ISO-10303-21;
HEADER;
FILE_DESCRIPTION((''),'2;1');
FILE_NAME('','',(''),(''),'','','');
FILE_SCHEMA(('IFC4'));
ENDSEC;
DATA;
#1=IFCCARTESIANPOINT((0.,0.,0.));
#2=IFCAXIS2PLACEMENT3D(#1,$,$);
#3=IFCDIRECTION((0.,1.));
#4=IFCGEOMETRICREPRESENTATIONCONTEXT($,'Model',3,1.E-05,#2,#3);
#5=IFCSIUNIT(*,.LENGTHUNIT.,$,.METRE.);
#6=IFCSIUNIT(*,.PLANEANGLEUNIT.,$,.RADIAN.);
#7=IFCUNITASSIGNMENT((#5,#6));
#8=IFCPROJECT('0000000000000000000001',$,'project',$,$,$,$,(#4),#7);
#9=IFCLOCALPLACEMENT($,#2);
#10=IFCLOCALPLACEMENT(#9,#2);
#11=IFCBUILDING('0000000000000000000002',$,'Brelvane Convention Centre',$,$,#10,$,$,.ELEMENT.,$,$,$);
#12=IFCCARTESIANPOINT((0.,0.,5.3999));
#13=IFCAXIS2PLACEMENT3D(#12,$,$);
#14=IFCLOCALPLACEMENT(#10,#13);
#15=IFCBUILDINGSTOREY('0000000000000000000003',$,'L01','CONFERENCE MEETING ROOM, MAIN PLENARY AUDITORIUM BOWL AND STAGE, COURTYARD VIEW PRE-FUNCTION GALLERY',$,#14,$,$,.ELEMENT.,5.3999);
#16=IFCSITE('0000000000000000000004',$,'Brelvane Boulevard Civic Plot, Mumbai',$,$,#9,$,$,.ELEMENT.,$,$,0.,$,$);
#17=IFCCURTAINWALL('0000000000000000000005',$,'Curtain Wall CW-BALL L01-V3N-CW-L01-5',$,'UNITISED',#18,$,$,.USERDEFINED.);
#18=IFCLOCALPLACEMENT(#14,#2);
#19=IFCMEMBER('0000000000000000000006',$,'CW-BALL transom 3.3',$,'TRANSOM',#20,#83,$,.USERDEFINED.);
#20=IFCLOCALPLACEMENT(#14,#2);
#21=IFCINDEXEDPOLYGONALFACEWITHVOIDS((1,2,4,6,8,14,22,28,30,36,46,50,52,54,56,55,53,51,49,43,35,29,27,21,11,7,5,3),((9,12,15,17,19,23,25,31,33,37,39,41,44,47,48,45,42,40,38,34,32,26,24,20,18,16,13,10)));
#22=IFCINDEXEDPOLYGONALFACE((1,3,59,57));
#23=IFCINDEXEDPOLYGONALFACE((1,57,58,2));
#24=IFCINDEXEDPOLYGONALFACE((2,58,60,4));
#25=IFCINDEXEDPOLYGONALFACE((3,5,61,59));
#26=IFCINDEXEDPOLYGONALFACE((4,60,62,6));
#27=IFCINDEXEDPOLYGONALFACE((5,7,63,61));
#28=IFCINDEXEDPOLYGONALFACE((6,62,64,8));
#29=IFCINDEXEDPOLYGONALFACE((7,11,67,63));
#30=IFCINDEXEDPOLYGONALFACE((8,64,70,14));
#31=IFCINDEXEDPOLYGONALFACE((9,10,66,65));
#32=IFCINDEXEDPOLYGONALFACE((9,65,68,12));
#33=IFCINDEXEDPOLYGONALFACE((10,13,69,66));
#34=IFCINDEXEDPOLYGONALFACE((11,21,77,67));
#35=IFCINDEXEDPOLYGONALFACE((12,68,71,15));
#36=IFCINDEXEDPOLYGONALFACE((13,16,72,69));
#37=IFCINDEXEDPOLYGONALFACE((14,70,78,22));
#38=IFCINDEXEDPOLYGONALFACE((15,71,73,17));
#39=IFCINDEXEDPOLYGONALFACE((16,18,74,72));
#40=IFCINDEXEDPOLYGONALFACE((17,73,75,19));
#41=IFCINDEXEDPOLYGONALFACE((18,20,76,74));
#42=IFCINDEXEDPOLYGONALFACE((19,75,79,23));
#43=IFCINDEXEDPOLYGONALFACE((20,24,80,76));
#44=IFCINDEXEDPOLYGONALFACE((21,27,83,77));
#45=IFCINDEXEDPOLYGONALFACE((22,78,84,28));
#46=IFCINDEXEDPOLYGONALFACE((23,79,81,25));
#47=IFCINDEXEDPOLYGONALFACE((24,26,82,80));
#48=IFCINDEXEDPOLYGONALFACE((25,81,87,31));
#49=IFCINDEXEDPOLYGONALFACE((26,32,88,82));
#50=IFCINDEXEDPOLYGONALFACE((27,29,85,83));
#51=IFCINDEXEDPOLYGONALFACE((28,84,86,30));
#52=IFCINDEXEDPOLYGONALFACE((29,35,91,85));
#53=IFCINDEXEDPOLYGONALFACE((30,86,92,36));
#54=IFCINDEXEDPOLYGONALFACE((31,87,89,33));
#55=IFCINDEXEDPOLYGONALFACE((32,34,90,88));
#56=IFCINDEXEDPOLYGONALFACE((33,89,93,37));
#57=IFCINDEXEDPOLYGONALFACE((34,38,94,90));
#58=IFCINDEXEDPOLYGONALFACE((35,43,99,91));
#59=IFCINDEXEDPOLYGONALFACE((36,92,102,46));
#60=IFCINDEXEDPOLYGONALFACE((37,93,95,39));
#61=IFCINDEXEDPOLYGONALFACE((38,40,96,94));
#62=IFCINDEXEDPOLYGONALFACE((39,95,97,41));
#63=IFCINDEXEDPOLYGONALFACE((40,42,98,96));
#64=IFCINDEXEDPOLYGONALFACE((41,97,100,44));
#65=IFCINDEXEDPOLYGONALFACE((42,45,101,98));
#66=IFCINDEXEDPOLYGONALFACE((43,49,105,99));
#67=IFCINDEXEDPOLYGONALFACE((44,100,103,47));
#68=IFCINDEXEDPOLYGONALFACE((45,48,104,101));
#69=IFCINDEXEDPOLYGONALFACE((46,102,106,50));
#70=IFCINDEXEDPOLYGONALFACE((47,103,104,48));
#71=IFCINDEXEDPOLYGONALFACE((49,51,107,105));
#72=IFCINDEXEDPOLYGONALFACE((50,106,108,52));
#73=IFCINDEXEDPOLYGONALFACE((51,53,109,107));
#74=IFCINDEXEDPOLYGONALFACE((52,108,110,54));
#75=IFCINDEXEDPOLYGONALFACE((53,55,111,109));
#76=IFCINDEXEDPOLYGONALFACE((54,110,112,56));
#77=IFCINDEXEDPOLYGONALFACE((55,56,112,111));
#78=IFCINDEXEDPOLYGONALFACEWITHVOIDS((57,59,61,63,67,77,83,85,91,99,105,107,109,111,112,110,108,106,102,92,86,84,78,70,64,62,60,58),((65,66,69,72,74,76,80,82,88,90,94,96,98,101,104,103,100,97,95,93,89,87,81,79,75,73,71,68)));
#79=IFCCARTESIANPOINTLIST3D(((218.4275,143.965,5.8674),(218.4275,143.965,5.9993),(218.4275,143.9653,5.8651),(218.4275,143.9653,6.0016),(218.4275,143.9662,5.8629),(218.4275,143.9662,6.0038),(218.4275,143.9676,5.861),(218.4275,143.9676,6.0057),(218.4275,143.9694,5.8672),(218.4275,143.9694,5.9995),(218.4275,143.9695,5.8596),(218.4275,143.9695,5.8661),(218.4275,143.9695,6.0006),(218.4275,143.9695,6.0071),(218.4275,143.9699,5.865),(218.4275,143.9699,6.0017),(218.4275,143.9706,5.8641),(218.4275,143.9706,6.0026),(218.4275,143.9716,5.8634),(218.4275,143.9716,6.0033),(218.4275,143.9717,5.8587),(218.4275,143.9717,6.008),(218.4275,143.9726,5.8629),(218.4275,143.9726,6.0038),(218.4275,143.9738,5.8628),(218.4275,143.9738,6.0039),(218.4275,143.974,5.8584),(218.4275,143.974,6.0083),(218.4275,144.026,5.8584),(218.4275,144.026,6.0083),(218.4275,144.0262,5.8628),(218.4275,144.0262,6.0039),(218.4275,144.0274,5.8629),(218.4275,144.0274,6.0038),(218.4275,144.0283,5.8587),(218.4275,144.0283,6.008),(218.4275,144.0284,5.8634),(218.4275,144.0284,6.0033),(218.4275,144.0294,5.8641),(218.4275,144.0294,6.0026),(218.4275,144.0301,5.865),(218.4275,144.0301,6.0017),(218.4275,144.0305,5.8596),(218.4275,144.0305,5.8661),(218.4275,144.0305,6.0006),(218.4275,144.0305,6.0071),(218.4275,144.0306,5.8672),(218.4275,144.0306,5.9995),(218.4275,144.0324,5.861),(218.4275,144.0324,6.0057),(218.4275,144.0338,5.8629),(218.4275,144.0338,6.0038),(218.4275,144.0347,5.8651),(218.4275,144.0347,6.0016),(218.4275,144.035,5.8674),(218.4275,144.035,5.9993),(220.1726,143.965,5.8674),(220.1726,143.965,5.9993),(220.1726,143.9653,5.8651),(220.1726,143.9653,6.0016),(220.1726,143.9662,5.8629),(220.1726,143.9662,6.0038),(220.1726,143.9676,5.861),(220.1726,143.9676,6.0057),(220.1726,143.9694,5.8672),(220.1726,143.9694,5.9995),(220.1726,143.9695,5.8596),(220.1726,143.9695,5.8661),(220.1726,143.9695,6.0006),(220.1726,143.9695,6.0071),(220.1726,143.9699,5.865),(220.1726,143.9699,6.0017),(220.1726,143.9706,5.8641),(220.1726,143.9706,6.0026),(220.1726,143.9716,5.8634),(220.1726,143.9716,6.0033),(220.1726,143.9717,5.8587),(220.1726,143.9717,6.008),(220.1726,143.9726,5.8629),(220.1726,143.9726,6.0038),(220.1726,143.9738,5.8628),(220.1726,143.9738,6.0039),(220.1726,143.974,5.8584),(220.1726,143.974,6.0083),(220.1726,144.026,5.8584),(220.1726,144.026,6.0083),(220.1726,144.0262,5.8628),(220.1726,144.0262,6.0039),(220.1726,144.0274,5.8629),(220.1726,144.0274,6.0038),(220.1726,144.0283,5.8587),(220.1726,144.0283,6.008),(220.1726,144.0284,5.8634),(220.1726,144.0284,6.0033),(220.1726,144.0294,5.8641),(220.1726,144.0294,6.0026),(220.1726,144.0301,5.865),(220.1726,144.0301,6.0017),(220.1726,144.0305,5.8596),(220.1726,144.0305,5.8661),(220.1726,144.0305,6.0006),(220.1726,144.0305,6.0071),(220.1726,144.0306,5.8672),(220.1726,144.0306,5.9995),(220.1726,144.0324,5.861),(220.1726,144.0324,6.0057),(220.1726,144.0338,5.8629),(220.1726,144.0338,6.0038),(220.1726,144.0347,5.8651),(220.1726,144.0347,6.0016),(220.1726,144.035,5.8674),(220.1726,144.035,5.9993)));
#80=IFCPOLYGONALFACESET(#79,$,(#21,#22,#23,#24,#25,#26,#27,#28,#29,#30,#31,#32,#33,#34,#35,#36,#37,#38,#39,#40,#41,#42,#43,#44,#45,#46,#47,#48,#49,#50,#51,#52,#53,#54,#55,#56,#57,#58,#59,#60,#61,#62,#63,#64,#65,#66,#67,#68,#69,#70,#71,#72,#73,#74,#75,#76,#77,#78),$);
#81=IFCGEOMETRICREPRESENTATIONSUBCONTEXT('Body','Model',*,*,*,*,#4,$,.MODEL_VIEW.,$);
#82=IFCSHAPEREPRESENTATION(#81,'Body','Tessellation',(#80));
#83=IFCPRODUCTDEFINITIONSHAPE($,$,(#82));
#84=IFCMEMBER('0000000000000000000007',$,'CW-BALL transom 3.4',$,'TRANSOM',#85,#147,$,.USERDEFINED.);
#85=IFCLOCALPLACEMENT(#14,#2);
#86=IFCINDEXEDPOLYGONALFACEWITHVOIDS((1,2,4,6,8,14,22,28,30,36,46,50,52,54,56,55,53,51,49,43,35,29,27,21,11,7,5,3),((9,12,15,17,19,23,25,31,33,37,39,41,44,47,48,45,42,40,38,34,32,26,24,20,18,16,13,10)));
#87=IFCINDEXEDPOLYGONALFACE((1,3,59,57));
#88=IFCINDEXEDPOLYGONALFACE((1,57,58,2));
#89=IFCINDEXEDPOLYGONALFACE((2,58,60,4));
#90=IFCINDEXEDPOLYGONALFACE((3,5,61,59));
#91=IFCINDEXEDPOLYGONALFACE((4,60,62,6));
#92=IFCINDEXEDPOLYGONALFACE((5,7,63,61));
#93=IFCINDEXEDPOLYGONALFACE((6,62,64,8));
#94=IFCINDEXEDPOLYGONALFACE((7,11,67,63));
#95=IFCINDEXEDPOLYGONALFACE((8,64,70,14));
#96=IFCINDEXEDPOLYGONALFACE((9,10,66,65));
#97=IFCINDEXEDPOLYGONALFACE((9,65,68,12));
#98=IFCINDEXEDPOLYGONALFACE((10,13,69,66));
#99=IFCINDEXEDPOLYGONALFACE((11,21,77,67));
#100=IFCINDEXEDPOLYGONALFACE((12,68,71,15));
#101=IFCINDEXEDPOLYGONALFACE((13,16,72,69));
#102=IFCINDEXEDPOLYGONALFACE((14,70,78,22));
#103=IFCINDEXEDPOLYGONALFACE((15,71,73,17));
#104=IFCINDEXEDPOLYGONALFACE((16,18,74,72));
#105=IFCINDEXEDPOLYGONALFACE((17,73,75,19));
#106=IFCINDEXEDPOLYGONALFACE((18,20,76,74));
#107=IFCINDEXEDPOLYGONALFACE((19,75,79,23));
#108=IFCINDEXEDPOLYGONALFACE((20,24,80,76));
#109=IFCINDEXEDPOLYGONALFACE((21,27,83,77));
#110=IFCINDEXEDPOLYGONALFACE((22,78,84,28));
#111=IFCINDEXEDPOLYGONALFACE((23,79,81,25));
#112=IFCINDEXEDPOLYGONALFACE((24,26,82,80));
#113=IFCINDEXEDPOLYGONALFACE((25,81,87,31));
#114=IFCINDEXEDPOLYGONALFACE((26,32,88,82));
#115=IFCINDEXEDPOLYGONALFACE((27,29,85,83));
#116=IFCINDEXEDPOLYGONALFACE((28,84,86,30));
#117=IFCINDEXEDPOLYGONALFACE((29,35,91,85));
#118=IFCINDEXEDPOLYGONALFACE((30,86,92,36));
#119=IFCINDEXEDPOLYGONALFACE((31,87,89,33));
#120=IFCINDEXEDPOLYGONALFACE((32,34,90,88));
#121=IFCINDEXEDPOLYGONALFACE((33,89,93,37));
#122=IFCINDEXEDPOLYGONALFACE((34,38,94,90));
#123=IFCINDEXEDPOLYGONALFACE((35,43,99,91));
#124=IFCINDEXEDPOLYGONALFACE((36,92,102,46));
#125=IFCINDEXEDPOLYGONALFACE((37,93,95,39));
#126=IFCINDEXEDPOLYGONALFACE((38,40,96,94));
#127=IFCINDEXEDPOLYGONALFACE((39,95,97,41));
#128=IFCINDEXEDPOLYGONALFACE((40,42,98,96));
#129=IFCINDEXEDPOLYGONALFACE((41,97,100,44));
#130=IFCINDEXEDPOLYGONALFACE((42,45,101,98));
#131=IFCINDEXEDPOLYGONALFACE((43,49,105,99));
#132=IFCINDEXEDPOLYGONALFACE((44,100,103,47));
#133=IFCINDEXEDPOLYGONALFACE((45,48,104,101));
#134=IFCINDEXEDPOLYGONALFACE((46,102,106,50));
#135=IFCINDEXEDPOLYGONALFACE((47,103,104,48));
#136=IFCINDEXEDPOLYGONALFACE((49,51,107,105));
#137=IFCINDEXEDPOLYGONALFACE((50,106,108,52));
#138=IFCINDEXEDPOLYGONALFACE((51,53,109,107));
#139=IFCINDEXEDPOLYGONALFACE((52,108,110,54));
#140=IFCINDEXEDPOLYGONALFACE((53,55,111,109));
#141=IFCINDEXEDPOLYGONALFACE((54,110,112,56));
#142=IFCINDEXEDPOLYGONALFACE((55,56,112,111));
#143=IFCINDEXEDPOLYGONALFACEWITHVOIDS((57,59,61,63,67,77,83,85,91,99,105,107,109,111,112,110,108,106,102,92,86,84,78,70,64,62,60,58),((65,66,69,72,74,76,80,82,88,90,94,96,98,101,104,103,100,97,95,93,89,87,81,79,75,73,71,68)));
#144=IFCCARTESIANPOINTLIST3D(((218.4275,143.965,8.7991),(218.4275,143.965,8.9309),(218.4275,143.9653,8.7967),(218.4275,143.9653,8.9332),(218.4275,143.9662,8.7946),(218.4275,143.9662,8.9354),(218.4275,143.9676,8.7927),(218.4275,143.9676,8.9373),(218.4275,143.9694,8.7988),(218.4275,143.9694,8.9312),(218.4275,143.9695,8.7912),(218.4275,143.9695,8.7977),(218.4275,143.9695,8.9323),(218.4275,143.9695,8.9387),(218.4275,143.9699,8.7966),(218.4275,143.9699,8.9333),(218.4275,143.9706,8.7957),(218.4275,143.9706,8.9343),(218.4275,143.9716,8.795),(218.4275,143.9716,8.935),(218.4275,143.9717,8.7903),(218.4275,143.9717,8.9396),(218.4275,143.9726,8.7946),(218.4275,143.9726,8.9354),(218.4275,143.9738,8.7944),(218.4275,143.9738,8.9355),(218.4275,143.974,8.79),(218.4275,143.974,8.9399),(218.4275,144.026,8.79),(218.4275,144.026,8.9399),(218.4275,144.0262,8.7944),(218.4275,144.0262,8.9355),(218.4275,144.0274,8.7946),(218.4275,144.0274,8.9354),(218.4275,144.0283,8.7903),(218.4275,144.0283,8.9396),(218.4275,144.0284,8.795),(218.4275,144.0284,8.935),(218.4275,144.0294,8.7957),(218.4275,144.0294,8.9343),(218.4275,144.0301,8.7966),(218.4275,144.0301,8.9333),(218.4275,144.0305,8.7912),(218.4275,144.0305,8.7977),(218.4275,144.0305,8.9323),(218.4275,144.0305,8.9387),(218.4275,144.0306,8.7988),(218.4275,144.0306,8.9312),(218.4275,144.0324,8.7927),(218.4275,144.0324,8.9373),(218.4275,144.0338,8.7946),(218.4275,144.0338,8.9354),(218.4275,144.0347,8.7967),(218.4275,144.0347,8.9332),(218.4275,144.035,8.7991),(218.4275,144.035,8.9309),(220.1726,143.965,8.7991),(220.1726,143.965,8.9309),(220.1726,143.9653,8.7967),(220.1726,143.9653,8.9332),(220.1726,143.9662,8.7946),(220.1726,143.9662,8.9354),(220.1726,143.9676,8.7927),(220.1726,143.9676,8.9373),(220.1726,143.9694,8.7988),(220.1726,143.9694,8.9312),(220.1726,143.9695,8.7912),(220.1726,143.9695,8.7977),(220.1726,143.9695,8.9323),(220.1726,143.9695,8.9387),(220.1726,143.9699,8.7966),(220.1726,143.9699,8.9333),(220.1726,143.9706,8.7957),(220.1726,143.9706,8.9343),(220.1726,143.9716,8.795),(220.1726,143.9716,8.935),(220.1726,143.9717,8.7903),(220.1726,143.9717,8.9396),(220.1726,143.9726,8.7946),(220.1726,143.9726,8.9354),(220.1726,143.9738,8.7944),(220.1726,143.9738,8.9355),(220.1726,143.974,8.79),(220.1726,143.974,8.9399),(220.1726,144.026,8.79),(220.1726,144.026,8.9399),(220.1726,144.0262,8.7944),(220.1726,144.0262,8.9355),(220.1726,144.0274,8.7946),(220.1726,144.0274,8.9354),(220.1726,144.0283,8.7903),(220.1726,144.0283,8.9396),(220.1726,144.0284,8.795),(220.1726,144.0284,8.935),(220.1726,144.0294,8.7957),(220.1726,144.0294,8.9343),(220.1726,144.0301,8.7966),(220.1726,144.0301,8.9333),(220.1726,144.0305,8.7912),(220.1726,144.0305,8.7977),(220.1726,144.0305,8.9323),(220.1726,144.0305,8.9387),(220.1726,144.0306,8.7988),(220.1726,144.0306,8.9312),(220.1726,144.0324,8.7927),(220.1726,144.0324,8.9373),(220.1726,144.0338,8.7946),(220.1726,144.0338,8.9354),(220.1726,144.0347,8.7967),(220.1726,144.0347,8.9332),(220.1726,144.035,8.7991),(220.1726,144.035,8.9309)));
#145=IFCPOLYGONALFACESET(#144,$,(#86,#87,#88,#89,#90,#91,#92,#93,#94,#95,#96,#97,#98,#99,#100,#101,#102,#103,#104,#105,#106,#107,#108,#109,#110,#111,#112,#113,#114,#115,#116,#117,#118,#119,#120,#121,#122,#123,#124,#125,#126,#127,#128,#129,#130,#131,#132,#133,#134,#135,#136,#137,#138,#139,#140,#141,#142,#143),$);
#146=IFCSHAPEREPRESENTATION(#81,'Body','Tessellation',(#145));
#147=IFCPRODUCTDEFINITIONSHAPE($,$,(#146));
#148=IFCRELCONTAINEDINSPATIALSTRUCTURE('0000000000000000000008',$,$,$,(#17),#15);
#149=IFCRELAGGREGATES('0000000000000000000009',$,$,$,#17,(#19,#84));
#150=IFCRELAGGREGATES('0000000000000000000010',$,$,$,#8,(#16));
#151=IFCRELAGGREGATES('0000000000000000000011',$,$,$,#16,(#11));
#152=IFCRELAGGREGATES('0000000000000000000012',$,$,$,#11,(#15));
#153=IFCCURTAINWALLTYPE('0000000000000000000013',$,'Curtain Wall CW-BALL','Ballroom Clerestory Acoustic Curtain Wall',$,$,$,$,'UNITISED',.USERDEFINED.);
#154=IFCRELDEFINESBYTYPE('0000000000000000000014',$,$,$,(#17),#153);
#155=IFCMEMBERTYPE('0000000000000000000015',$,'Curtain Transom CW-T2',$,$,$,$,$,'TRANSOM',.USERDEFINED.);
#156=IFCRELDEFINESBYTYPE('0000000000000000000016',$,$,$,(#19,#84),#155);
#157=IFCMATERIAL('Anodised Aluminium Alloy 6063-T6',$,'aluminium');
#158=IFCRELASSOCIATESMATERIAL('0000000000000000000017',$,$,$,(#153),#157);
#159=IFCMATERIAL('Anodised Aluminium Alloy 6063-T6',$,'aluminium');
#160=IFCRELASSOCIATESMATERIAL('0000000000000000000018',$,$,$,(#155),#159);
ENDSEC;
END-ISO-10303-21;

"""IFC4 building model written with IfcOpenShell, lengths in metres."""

from ifc_helpers import new_model, si_unit, direction, frame, origin, origin_2d, place, context, subcontext, project, spatial, hollow_rectangle, extrude, material, material_profile, profile_set, type_object, element, aggregate, save


model = new_model("IFC4")

# Units and contexts
model_context = context("Model", 3, precision=1e-05, world=origin(), true_north=direction((0.0, 1.0)))
body_context = subcontext(model_context, "Body", "Model", "MODEL_VIEW")
ifc_project = project(units=[si_unit("LENGTHUNIT", "METRE"), si_unit("PLANEANGLEUNIT", "RADIAN")], contexts=[model_context])

# Site, building, storey
site_placement = place(None, origin())
site = spatial("IfcSite", under=ifc_project, at=site_placement, Name="Brelvane Boulevard Civic Plot, Mumbai", CompositionType="ELEMENT", RefElevation=0.0)
building_placement = place(site_placement, origin())
building = spatial("IfcBuilding", under=site, at=building_placement, Name="Brelvane Convention Centre", CompositionType="ELEMENT")
storey_placement = place(building_placement, frame((0.0, 0.0, 5.3999)))
storey = spatial("IfcBuildingStorey", under=building, at=storey_placement, Name="L01", Description="CONFERENCE MEETING ROOM, MAIN PLENARY AUDITORIUM BOWL AND STAGE, COURTYARD VIEW PRE-FUNCTION GALLERY", CompositionType="ELEMENT", Elevation=5.3999)

# Curtain wall, members
ifc_material_1 = material(Name="Anodised Aluminium Alloy 6063-T6", Category="aluminium")
curtain_wall_type = type_object("IfcCurtainWallType", Name="Curtain Wall CW-BALL", Description="Ballroom Clerestory Acoustic Curtain Wall", ElementType="UNITISED", PredefinedType="USERDEFINED", material=ifc_material_1)
curtain_wall_placement = place(storey_placement, origin())
curtain_wall = element("IfcCurtainWall", 1, at=curtain_wall_placement, inside=storey, type_object=curtain_wall_type, Name="Curtain Wall CW-BALL L01-V3N-CW-L01-5", ObjectType="UNITISED", PredefinedType="USERDEFINED")
ifc_material_2 = material(Name="Anodised Aluminium Alloy 6063-T6", Category="aluminium")
ifc_material_profile_1 = material_profile(ifc_material_2, hollow_rectangle(XDim=0.0701, YDim=0.1499, WallThickness=0.0044, InnerFilletRadius=0.0044, OuterFilletRadius=0.009, at=origin_2d()), Name="ALU-T 150x70x4.5")
ifc_profile_set_1 = profile_set([ifc_material_profile_1], Name="Anodised Aluminium Alloy 6063-T6")
member_type_1 = type_object("IfcMemberType", Name="Curtain Transom CW-T2", ElementType="TRANSOM", PredefinedType="USERDEFINED", material=ifc_profile_set_1)
member_1_placement = place(storey_placement, frame((218.4275, 144.0, 5.9333), z_axis=(1.0, 0.0, 0.0), x_axis=(0.0, 1.0, 0.0)))
member_1 = element("IfcMember", 2, at=member_1_placement, type_object=member_type_1, Name="CW-BALL transom 3.3", ObjectType="TRANSOM", PredefinedType="USERDEFINED", context=body_context, shape_type="SweptSolid", body=[
    extrude(hollow_rectangle(XDim=0.0701, YDim=0.1499, WallThickness=0.0044, InnerFilletRadius=0.0044, OuterFilletRadius=0.009, at=origin_2d()), origin(), (0.0, 0.0, 1.0), 1.7451),
])
member_2_placement = place(storey_placement, frame((218.4275, 144.0, 8.865), z_axis=(1.0, 0.0, 0.0), x_axis=(0.0, 1.0, 0.0)))
member_2 = element("IfcMember", 3, at=member_2_placement, type_object=member_type_1, Name="CW-BALL transom 3.4", ObjectType="TRANSOM", PredefinedType="USERDEFINED", context=body_context, shape_type="SweptSolid", body=[
    extrude(hollow_rectangle(XDim=0.0701, YDim=0.1499, WallThickness=0.0044, InnerFilletRadius=0.0044, OuterFilletRadius=0.009, at=origin_2d()), origin(), (0.0, 0.0, 1.0), 1.7451),
])
aggregate(curtain_wall, [member_1, member_2])

save(model, "model.ifc")
